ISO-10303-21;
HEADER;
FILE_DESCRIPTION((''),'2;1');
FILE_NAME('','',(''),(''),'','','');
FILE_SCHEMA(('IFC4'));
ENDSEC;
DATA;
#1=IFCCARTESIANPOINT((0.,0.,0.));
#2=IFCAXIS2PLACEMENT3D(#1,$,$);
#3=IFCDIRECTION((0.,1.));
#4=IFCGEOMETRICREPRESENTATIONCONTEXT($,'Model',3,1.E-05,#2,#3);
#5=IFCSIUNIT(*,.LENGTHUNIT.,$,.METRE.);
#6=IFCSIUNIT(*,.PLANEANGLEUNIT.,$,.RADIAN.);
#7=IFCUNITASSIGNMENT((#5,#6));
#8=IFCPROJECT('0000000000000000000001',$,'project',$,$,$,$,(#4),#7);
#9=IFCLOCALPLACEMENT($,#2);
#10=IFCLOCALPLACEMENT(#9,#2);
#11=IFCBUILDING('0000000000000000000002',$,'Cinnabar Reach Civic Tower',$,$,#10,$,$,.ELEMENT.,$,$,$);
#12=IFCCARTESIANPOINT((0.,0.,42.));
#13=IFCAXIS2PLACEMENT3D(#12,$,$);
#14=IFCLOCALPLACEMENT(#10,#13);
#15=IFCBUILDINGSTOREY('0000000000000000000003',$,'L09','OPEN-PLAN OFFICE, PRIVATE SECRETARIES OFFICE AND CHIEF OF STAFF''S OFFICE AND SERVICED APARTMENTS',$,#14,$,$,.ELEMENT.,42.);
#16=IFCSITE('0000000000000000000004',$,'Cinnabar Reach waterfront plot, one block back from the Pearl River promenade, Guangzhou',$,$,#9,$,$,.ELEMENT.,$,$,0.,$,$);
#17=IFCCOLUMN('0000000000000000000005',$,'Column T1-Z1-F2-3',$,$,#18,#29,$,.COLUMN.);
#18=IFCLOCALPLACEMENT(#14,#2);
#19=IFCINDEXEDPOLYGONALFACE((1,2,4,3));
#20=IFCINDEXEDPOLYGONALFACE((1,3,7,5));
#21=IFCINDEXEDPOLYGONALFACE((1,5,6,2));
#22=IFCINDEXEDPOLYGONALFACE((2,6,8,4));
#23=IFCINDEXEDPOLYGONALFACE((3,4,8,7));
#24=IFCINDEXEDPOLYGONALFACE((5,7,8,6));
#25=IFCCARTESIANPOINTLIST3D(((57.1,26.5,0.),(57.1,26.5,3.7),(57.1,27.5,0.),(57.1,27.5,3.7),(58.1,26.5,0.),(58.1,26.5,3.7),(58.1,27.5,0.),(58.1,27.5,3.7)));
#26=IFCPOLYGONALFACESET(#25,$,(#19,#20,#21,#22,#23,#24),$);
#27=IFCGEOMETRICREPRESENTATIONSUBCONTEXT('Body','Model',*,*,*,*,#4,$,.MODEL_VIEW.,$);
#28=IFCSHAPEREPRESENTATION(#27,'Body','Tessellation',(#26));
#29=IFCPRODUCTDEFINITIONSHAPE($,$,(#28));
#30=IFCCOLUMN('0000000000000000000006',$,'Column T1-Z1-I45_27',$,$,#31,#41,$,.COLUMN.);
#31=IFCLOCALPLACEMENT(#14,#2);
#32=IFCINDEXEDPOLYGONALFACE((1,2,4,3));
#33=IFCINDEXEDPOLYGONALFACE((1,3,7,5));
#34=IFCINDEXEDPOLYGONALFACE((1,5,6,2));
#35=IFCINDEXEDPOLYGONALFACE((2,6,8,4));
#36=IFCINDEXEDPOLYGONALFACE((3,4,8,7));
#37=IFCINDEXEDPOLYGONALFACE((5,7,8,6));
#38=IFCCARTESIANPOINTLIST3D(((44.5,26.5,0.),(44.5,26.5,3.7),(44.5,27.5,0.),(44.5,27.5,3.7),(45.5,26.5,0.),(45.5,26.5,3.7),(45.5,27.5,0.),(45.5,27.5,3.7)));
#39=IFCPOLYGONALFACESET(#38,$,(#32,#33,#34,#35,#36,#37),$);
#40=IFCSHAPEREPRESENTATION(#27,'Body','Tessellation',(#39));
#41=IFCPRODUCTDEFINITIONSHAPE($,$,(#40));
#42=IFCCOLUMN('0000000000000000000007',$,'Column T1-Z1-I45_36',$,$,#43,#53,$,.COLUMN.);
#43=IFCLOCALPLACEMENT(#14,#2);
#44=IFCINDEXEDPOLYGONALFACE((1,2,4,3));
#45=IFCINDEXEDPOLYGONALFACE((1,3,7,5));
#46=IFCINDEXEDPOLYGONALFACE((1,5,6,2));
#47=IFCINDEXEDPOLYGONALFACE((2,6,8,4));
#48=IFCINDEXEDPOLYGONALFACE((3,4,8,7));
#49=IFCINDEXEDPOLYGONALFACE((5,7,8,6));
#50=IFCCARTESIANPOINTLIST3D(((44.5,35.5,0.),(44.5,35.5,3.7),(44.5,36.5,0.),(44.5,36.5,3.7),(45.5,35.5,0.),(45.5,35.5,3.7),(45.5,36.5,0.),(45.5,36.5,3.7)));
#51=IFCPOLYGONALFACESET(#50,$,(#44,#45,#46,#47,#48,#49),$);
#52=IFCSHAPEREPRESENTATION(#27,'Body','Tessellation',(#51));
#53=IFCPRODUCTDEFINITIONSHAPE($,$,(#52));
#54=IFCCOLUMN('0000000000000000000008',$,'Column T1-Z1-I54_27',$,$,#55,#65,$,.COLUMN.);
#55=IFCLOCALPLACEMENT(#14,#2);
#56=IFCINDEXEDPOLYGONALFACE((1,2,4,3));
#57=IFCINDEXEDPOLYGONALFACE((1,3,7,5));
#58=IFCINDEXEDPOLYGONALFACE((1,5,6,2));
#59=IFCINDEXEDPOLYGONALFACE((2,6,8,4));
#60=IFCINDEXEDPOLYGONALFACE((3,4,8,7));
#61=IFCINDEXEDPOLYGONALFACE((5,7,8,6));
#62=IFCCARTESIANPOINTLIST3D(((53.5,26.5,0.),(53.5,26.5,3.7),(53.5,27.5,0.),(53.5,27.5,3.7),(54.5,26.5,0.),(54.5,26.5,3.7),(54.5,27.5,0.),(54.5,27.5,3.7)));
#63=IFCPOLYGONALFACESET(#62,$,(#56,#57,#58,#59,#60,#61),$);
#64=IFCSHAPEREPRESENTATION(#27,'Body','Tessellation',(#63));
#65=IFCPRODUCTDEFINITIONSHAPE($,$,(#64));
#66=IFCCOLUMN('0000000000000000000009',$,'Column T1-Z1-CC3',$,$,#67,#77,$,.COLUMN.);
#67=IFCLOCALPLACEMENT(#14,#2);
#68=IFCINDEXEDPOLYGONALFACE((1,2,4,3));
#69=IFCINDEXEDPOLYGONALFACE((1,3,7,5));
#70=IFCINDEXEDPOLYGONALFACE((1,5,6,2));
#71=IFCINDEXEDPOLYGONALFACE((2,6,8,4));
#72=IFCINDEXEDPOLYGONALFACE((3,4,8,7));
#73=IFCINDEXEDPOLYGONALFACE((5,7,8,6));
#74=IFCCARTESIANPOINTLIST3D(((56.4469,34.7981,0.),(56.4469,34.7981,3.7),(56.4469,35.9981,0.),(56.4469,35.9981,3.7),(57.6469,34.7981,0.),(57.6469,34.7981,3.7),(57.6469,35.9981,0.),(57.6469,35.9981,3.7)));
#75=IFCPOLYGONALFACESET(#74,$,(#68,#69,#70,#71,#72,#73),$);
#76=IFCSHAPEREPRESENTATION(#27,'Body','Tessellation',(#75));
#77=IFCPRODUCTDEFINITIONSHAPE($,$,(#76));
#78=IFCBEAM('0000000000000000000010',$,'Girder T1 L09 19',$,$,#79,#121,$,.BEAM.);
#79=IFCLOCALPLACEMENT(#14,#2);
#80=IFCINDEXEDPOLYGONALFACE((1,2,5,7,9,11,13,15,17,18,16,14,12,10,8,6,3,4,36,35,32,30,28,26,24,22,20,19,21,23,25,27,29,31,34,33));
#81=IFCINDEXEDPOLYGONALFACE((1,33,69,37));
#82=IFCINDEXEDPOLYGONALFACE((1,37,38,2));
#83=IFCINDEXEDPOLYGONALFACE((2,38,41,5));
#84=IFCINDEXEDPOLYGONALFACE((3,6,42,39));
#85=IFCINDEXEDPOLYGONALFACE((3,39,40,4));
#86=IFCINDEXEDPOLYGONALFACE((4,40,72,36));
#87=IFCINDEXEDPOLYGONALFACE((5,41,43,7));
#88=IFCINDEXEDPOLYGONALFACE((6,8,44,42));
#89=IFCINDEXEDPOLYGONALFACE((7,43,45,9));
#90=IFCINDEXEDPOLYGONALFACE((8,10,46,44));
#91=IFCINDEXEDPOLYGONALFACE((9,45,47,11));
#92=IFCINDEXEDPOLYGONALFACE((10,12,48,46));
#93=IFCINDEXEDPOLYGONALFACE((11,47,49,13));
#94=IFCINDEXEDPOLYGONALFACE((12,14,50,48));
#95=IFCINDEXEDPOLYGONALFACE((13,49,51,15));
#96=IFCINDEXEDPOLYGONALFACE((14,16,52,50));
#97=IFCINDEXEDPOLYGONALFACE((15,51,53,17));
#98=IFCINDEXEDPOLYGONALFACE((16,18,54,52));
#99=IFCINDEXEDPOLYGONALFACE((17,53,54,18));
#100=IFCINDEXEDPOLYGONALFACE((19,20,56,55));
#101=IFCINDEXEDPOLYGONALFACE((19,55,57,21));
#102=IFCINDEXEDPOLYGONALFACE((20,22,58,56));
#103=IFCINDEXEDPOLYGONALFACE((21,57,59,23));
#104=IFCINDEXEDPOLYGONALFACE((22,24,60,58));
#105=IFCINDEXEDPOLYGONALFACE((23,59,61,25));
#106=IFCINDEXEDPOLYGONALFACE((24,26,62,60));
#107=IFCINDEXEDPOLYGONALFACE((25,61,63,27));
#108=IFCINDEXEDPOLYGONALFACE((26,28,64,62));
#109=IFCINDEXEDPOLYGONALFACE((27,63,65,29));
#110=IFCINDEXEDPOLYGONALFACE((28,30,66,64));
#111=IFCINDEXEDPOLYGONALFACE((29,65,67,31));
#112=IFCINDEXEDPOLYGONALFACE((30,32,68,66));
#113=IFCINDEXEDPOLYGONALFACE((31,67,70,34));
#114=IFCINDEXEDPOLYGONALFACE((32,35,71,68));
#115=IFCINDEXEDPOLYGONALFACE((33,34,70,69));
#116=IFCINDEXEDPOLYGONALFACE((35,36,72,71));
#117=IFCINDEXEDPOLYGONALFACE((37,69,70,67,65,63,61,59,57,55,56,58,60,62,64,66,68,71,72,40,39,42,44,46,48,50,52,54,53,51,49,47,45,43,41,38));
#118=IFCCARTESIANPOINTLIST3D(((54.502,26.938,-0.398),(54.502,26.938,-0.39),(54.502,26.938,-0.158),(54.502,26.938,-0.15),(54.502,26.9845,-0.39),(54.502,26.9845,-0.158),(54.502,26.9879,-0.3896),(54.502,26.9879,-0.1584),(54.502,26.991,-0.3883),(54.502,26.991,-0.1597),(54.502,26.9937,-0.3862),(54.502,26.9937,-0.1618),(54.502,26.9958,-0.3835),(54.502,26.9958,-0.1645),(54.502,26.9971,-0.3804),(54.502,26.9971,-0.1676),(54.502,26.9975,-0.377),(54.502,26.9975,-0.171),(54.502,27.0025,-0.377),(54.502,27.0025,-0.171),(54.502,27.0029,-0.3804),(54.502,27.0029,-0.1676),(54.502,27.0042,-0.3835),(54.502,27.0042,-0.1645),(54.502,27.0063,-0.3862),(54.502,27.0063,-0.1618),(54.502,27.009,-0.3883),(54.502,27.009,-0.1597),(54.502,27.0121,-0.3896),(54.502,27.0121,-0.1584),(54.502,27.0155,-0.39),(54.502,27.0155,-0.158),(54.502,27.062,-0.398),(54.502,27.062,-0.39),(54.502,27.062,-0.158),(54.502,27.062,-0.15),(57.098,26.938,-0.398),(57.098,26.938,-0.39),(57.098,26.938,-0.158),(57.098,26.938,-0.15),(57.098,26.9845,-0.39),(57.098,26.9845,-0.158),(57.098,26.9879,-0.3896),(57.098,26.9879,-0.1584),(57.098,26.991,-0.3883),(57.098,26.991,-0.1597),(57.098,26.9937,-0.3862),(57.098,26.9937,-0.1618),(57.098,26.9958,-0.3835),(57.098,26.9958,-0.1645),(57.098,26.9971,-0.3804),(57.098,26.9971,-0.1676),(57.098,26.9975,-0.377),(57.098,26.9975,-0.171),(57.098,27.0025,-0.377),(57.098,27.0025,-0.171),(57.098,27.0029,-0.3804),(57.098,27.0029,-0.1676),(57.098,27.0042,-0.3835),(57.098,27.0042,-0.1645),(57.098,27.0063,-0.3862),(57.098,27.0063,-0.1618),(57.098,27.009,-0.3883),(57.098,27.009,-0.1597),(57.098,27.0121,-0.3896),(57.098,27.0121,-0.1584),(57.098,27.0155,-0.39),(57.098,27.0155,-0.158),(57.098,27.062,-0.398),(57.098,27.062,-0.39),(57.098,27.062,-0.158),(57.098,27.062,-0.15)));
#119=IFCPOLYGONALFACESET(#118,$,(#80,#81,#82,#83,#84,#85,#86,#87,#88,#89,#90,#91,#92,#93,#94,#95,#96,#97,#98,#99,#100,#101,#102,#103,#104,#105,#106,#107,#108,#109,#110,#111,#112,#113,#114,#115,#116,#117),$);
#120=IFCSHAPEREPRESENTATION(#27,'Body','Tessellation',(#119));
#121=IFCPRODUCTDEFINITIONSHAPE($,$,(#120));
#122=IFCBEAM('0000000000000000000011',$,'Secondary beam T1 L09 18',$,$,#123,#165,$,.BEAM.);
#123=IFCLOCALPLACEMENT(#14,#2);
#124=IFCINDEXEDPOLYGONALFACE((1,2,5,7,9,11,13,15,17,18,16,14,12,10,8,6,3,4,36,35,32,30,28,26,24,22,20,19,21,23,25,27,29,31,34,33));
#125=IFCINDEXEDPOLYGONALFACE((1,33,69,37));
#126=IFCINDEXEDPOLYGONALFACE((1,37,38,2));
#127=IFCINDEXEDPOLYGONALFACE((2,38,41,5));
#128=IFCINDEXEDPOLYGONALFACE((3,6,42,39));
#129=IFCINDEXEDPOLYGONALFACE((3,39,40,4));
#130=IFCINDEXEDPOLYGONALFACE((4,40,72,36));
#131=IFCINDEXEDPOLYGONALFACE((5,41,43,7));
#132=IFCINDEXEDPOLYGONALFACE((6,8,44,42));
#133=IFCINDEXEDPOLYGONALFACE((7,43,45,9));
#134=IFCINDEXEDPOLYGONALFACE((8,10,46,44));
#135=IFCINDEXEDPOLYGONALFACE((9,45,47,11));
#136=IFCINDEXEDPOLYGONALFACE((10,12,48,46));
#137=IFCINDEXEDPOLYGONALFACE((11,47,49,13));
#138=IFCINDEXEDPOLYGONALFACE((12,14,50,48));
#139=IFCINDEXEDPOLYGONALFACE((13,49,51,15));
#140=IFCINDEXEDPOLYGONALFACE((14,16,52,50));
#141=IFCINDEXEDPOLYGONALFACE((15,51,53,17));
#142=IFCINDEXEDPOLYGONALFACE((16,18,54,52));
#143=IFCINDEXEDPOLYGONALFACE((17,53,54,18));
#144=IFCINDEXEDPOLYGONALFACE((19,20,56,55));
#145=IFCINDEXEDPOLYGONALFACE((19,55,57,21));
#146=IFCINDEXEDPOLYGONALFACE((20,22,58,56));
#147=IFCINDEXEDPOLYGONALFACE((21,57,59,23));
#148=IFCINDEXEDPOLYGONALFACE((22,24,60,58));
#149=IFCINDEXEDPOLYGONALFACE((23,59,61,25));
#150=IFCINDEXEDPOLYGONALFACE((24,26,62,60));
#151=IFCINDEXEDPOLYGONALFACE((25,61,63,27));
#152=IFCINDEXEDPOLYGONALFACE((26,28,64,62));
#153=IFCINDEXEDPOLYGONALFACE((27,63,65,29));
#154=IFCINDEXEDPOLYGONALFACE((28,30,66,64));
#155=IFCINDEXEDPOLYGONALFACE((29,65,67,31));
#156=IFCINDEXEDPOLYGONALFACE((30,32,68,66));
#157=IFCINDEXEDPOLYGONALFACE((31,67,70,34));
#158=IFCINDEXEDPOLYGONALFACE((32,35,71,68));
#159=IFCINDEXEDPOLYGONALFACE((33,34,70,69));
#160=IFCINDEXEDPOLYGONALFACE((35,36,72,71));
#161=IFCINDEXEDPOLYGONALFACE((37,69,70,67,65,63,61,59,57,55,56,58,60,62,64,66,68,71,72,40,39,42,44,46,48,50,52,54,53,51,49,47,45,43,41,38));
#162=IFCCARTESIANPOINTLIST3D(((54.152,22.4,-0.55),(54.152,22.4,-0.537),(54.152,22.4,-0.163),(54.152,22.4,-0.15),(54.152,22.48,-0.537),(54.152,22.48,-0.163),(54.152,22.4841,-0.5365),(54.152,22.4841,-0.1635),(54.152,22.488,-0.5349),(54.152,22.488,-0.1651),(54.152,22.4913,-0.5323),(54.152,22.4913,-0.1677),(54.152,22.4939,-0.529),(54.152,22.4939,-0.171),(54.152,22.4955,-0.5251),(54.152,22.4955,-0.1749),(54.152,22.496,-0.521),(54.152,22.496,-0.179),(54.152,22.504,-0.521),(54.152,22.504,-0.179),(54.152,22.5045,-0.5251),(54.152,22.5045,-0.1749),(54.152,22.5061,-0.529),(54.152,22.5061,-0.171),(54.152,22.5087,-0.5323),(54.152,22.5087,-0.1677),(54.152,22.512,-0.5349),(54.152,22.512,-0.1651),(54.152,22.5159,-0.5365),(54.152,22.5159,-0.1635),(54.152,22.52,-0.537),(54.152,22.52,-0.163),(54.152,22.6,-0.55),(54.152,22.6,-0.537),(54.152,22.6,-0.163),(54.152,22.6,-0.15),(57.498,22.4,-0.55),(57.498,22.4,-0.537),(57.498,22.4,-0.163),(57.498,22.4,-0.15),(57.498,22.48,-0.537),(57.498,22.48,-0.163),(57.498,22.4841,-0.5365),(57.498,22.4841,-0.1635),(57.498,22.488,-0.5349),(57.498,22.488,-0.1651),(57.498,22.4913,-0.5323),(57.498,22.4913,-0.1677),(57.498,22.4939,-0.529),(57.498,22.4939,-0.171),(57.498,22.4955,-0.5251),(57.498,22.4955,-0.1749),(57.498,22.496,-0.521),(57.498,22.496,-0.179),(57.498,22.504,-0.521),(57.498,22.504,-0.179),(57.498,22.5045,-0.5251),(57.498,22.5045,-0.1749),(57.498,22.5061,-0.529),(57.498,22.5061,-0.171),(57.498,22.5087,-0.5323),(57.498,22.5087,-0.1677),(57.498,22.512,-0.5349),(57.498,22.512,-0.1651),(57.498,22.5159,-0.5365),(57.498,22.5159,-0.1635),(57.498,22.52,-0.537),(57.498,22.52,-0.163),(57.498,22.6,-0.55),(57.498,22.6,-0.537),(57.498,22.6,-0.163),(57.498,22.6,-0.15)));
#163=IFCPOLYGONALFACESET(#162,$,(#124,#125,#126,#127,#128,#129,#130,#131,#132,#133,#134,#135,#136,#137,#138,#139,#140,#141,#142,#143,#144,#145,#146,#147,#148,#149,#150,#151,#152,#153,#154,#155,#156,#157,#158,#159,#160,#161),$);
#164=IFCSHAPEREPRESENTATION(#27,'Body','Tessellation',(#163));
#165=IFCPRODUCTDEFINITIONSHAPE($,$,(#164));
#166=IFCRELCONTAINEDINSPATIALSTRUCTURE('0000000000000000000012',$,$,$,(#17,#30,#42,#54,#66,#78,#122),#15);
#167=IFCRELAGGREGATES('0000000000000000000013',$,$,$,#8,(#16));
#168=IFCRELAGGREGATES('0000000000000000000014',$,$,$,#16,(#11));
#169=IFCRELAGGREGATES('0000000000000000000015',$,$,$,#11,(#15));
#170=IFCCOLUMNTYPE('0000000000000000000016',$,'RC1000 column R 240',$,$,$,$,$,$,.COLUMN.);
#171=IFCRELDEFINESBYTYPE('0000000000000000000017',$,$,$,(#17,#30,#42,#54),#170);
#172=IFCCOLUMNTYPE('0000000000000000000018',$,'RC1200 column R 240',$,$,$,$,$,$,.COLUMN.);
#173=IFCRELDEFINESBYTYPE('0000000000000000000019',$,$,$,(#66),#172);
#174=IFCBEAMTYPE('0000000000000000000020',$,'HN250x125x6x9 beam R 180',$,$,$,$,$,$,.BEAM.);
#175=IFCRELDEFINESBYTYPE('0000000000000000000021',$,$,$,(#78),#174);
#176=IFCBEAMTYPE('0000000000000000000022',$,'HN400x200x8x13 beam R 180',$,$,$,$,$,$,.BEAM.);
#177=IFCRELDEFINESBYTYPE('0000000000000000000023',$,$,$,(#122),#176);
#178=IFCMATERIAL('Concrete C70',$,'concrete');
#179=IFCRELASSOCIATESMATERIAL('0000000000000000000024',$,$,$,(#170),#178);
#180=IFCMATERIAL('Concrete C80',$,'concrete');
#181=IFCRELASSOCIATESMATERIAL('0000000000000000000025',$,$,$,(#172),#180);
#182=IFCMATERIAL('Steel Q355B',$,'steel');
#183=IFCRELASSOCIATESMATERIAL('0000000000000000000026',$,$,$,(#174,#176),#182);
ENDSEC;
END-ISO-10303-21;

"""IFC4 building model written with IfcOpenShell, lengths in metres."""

from ifc_helpers import new_model, si_unit, direction, frame, origin, origin_2d, place, context, subcontext, project, spatial, rectangle, i_section, extrude, material, material_profile, profile_set, type_object, element, save


model = new_model("IFC4")

# Units and contexts
model_context = context("Model", 3, precision=1e-05, world=origin(), true_north=direction((0.0, 1.0)))
body_context = subcontext(model_context, "Body", "Model", "MODEL_VIEW")
ifc_project = project(units=[si_unit("LENGTHUNIT", "METRE"), si_unit("PLANEANGLEUNIT", "RADIAN")], contexts=[model_context])

# Site, building, storey
site_placement = place(None, origin())
site = spatial("IfcSite", under=ifc_project, at=site_placement, Name="Cinnabar Reach waterfront plot, one block back from the Pearl River promenade, Guangzhou", CompositionType="ELEMENT", RefElevation=0.0)
building_placement = place(site_placement, origin())
building = spatial("IfcBuilding", under=site, at=building_placement, Name="Cinnabar Reach Civic Tower", CompositionType="ELEMENT")
storey_placement = place(building_placement, frame((0.0, 0.0, 42.0)))
storey = spatial("IfcBuildingStorey", under=building, at=storey_placement, Name="L09", Description="OPEN-PLAN OFFICE, PRIVATE SECRETARIES OFFICE AND CHIEF OF STAFF'S OFFICE AND SERVICED APARTMENTS", CompositionType="ELEMENT", Elevation=42.0)

# Columns
ifc_material_1 = material(Name="Concrete C70", Category="concrete")
ifc_material_profile_1 = material_profile(ifc_material_1, rectangle(XDim=1.0, YDim=1.0, at=origin_2d()), Name="RC1000")
ifc_profile_set_1 = profile_set([ifc_material_profile_1], Name="Concrete C70")
column_type_1 = type_object("IfcColumnType", Name="RC1000 column R 240", PredefinedType="COLUMN", material=ifc_profile_set_1)
for number, where, z_axis, x_axis, name in (
    (1, (57.6, 27.0, 0.0), (0.0, 0.0, 1.0), (1.0, 0.0, 0.0), "Column T1-Z1-F2-3"),
    (2, (45.0, 27.0, 0.0), (0.0, 0.0, 1.0), (1.0, 0.0, 0.0), "Column T1-Z1-I45_27"),
    (3, (45.0, 36.0, 0.0), (0.0, 0.0, 1.0), (1.0, 0.0, 0.0), "Column T1-Z1-I45_36"),
    (4, (54.0, 27.0, 0.0), (0.0, 0.0, 1.0), (1.0, 0.0, 0.0), "Column T1-Z1-I54_27"),
):
    element("IfcColumn", number, at=place(storey_placement, frame(where, z_axis=z_axis, x_axis=x_axis)), inside=storey, type_object=column_type_1, Name=name, PredefinedType="COLUMN", context=body_context, shape_type="SweptSolid", body=[
        extrude(rectangle(XDim=1.0, YDim=1.0, at=origin_2d()), origin(), (0.0, 0.0, 1.0), 3.7),
    ])
ifc_material_2 = material(Name="Concrete C80", Category="concrete")
ifc_material_profile_2 = material_profile(ifc_material_2, rectangle(XDim=1.2, YDim=1.2, at=origin_2d()), Name="RC1200")
ifc_profile_set_2 = profile_set([ifc_material_profile_2], Name="Concrete C80")
column_type_2 = type_object("IfcColumnType", Name="RC1200 column R 240", PredefinedType="COLUMN", material=ifc_profile_set_2)
column_placement = place(storey_placement, frame((57.0469, 35.3981, 0.0), z_axis=(0.0, 0.0, 1.0), x_axis=(1.0, 0.0, 0.0)))
element("IfcColumn", 5, at=column_placement, inside=storey, type_object=column_type_2, Name="Column T1-Z1-CC3", PredefinedType="COLUMN", context=body_context, shape_type="SweptSolid", body=[
    extrude(rectangle(XDim=1.2, YDim=1.2, at=origin_2d()), origin(), (0.0, 0.0, 1.0), 3.7),
])

# Beams
ifc_material_3 = material(Name="Steel Q355B", Category="steel")
ifc_material_profile_3 = material_profile(ifc_material_3, i_section(OverallWidth=0.124, OverallDepth=0.248, WebThickness=0.005, FlangeThickness=0.008, FilletRadius=0.013, at=origin_2d()), Name="HN250x125x6x9")
ifc_profile_set_3 = profile_set([ifc_material_profile_3], Name="Steel Q355B")
beam_type_1 = type_object("IfcBeamType", Name="HN250x125x6x9 beam R 180", PredefinedType="BEAM", material=ifc_profile_set_3)
beam_1_placement = place(storey_placement, frame((54.502, 27.0, -0.274), z_axis=(1.0, 0.0, 0.0), x_axis=(0.0, 1.0, 0.0)))
element("IfcBeam", 6, at=beam_1_placement, inside=storey, type_object=beam_type_1, Name="Girder T1 L09 19", PredefinedType="BEAM", context=body_context, shape_type="SweptSolid", body=[
    extrude(i_section(OverallWidth=0.124, OverallDepth=0.248, WebThickness=0.005, FlangeThickness=0.008, FilletRadius=0.013, at=origin_2d()), origin(), (0.0, 0.0, 1.0), 2.596),
])
ifc_material_profile_4 = material_profile(ifc_material_3, i_section(OverallWidth=0.2, OverallDepth=0.4, WebThickness=0.008, FlangeThickness=0.013, FilletRadius=0.016, at=origin_2d()), Name="HN400x200x8x13")
ifc_profile_set_4 = profile_set([ifc_material_profile_4], Name="Steel Q355B")
beam_type_2 = type_object("IfcBeamType", Name="HN400x200x8x13 beam R 180", PredefinedType="BEAM", material=ifc_profile_set_4)
beam_2_placement = place(storey_placement, frame((54.152, 22.5, -0.35), z_axis=(1.0, 0.0, 0.0), x_axis=(0.0, 1.0, 0.0)))
element("IfcBeam", 7, at=beam_2_placement, inside=storey, type_object=beam_type_2, Name="Secondary beam T1 L09 18", PredefinedType="BEAM", context=body_context, shape_type="SweptSolid", body=[
    extrude(i_section(OverallWidth=0.2, OverallDepth=0.4, WebThickness=0.008, FlangeThickness=0.013, FilletRadius=0.016, at=origin_2d()), origin(), (0.0, 0.0, 1.0), 3.346),
])

save(model, "model.ifc")
